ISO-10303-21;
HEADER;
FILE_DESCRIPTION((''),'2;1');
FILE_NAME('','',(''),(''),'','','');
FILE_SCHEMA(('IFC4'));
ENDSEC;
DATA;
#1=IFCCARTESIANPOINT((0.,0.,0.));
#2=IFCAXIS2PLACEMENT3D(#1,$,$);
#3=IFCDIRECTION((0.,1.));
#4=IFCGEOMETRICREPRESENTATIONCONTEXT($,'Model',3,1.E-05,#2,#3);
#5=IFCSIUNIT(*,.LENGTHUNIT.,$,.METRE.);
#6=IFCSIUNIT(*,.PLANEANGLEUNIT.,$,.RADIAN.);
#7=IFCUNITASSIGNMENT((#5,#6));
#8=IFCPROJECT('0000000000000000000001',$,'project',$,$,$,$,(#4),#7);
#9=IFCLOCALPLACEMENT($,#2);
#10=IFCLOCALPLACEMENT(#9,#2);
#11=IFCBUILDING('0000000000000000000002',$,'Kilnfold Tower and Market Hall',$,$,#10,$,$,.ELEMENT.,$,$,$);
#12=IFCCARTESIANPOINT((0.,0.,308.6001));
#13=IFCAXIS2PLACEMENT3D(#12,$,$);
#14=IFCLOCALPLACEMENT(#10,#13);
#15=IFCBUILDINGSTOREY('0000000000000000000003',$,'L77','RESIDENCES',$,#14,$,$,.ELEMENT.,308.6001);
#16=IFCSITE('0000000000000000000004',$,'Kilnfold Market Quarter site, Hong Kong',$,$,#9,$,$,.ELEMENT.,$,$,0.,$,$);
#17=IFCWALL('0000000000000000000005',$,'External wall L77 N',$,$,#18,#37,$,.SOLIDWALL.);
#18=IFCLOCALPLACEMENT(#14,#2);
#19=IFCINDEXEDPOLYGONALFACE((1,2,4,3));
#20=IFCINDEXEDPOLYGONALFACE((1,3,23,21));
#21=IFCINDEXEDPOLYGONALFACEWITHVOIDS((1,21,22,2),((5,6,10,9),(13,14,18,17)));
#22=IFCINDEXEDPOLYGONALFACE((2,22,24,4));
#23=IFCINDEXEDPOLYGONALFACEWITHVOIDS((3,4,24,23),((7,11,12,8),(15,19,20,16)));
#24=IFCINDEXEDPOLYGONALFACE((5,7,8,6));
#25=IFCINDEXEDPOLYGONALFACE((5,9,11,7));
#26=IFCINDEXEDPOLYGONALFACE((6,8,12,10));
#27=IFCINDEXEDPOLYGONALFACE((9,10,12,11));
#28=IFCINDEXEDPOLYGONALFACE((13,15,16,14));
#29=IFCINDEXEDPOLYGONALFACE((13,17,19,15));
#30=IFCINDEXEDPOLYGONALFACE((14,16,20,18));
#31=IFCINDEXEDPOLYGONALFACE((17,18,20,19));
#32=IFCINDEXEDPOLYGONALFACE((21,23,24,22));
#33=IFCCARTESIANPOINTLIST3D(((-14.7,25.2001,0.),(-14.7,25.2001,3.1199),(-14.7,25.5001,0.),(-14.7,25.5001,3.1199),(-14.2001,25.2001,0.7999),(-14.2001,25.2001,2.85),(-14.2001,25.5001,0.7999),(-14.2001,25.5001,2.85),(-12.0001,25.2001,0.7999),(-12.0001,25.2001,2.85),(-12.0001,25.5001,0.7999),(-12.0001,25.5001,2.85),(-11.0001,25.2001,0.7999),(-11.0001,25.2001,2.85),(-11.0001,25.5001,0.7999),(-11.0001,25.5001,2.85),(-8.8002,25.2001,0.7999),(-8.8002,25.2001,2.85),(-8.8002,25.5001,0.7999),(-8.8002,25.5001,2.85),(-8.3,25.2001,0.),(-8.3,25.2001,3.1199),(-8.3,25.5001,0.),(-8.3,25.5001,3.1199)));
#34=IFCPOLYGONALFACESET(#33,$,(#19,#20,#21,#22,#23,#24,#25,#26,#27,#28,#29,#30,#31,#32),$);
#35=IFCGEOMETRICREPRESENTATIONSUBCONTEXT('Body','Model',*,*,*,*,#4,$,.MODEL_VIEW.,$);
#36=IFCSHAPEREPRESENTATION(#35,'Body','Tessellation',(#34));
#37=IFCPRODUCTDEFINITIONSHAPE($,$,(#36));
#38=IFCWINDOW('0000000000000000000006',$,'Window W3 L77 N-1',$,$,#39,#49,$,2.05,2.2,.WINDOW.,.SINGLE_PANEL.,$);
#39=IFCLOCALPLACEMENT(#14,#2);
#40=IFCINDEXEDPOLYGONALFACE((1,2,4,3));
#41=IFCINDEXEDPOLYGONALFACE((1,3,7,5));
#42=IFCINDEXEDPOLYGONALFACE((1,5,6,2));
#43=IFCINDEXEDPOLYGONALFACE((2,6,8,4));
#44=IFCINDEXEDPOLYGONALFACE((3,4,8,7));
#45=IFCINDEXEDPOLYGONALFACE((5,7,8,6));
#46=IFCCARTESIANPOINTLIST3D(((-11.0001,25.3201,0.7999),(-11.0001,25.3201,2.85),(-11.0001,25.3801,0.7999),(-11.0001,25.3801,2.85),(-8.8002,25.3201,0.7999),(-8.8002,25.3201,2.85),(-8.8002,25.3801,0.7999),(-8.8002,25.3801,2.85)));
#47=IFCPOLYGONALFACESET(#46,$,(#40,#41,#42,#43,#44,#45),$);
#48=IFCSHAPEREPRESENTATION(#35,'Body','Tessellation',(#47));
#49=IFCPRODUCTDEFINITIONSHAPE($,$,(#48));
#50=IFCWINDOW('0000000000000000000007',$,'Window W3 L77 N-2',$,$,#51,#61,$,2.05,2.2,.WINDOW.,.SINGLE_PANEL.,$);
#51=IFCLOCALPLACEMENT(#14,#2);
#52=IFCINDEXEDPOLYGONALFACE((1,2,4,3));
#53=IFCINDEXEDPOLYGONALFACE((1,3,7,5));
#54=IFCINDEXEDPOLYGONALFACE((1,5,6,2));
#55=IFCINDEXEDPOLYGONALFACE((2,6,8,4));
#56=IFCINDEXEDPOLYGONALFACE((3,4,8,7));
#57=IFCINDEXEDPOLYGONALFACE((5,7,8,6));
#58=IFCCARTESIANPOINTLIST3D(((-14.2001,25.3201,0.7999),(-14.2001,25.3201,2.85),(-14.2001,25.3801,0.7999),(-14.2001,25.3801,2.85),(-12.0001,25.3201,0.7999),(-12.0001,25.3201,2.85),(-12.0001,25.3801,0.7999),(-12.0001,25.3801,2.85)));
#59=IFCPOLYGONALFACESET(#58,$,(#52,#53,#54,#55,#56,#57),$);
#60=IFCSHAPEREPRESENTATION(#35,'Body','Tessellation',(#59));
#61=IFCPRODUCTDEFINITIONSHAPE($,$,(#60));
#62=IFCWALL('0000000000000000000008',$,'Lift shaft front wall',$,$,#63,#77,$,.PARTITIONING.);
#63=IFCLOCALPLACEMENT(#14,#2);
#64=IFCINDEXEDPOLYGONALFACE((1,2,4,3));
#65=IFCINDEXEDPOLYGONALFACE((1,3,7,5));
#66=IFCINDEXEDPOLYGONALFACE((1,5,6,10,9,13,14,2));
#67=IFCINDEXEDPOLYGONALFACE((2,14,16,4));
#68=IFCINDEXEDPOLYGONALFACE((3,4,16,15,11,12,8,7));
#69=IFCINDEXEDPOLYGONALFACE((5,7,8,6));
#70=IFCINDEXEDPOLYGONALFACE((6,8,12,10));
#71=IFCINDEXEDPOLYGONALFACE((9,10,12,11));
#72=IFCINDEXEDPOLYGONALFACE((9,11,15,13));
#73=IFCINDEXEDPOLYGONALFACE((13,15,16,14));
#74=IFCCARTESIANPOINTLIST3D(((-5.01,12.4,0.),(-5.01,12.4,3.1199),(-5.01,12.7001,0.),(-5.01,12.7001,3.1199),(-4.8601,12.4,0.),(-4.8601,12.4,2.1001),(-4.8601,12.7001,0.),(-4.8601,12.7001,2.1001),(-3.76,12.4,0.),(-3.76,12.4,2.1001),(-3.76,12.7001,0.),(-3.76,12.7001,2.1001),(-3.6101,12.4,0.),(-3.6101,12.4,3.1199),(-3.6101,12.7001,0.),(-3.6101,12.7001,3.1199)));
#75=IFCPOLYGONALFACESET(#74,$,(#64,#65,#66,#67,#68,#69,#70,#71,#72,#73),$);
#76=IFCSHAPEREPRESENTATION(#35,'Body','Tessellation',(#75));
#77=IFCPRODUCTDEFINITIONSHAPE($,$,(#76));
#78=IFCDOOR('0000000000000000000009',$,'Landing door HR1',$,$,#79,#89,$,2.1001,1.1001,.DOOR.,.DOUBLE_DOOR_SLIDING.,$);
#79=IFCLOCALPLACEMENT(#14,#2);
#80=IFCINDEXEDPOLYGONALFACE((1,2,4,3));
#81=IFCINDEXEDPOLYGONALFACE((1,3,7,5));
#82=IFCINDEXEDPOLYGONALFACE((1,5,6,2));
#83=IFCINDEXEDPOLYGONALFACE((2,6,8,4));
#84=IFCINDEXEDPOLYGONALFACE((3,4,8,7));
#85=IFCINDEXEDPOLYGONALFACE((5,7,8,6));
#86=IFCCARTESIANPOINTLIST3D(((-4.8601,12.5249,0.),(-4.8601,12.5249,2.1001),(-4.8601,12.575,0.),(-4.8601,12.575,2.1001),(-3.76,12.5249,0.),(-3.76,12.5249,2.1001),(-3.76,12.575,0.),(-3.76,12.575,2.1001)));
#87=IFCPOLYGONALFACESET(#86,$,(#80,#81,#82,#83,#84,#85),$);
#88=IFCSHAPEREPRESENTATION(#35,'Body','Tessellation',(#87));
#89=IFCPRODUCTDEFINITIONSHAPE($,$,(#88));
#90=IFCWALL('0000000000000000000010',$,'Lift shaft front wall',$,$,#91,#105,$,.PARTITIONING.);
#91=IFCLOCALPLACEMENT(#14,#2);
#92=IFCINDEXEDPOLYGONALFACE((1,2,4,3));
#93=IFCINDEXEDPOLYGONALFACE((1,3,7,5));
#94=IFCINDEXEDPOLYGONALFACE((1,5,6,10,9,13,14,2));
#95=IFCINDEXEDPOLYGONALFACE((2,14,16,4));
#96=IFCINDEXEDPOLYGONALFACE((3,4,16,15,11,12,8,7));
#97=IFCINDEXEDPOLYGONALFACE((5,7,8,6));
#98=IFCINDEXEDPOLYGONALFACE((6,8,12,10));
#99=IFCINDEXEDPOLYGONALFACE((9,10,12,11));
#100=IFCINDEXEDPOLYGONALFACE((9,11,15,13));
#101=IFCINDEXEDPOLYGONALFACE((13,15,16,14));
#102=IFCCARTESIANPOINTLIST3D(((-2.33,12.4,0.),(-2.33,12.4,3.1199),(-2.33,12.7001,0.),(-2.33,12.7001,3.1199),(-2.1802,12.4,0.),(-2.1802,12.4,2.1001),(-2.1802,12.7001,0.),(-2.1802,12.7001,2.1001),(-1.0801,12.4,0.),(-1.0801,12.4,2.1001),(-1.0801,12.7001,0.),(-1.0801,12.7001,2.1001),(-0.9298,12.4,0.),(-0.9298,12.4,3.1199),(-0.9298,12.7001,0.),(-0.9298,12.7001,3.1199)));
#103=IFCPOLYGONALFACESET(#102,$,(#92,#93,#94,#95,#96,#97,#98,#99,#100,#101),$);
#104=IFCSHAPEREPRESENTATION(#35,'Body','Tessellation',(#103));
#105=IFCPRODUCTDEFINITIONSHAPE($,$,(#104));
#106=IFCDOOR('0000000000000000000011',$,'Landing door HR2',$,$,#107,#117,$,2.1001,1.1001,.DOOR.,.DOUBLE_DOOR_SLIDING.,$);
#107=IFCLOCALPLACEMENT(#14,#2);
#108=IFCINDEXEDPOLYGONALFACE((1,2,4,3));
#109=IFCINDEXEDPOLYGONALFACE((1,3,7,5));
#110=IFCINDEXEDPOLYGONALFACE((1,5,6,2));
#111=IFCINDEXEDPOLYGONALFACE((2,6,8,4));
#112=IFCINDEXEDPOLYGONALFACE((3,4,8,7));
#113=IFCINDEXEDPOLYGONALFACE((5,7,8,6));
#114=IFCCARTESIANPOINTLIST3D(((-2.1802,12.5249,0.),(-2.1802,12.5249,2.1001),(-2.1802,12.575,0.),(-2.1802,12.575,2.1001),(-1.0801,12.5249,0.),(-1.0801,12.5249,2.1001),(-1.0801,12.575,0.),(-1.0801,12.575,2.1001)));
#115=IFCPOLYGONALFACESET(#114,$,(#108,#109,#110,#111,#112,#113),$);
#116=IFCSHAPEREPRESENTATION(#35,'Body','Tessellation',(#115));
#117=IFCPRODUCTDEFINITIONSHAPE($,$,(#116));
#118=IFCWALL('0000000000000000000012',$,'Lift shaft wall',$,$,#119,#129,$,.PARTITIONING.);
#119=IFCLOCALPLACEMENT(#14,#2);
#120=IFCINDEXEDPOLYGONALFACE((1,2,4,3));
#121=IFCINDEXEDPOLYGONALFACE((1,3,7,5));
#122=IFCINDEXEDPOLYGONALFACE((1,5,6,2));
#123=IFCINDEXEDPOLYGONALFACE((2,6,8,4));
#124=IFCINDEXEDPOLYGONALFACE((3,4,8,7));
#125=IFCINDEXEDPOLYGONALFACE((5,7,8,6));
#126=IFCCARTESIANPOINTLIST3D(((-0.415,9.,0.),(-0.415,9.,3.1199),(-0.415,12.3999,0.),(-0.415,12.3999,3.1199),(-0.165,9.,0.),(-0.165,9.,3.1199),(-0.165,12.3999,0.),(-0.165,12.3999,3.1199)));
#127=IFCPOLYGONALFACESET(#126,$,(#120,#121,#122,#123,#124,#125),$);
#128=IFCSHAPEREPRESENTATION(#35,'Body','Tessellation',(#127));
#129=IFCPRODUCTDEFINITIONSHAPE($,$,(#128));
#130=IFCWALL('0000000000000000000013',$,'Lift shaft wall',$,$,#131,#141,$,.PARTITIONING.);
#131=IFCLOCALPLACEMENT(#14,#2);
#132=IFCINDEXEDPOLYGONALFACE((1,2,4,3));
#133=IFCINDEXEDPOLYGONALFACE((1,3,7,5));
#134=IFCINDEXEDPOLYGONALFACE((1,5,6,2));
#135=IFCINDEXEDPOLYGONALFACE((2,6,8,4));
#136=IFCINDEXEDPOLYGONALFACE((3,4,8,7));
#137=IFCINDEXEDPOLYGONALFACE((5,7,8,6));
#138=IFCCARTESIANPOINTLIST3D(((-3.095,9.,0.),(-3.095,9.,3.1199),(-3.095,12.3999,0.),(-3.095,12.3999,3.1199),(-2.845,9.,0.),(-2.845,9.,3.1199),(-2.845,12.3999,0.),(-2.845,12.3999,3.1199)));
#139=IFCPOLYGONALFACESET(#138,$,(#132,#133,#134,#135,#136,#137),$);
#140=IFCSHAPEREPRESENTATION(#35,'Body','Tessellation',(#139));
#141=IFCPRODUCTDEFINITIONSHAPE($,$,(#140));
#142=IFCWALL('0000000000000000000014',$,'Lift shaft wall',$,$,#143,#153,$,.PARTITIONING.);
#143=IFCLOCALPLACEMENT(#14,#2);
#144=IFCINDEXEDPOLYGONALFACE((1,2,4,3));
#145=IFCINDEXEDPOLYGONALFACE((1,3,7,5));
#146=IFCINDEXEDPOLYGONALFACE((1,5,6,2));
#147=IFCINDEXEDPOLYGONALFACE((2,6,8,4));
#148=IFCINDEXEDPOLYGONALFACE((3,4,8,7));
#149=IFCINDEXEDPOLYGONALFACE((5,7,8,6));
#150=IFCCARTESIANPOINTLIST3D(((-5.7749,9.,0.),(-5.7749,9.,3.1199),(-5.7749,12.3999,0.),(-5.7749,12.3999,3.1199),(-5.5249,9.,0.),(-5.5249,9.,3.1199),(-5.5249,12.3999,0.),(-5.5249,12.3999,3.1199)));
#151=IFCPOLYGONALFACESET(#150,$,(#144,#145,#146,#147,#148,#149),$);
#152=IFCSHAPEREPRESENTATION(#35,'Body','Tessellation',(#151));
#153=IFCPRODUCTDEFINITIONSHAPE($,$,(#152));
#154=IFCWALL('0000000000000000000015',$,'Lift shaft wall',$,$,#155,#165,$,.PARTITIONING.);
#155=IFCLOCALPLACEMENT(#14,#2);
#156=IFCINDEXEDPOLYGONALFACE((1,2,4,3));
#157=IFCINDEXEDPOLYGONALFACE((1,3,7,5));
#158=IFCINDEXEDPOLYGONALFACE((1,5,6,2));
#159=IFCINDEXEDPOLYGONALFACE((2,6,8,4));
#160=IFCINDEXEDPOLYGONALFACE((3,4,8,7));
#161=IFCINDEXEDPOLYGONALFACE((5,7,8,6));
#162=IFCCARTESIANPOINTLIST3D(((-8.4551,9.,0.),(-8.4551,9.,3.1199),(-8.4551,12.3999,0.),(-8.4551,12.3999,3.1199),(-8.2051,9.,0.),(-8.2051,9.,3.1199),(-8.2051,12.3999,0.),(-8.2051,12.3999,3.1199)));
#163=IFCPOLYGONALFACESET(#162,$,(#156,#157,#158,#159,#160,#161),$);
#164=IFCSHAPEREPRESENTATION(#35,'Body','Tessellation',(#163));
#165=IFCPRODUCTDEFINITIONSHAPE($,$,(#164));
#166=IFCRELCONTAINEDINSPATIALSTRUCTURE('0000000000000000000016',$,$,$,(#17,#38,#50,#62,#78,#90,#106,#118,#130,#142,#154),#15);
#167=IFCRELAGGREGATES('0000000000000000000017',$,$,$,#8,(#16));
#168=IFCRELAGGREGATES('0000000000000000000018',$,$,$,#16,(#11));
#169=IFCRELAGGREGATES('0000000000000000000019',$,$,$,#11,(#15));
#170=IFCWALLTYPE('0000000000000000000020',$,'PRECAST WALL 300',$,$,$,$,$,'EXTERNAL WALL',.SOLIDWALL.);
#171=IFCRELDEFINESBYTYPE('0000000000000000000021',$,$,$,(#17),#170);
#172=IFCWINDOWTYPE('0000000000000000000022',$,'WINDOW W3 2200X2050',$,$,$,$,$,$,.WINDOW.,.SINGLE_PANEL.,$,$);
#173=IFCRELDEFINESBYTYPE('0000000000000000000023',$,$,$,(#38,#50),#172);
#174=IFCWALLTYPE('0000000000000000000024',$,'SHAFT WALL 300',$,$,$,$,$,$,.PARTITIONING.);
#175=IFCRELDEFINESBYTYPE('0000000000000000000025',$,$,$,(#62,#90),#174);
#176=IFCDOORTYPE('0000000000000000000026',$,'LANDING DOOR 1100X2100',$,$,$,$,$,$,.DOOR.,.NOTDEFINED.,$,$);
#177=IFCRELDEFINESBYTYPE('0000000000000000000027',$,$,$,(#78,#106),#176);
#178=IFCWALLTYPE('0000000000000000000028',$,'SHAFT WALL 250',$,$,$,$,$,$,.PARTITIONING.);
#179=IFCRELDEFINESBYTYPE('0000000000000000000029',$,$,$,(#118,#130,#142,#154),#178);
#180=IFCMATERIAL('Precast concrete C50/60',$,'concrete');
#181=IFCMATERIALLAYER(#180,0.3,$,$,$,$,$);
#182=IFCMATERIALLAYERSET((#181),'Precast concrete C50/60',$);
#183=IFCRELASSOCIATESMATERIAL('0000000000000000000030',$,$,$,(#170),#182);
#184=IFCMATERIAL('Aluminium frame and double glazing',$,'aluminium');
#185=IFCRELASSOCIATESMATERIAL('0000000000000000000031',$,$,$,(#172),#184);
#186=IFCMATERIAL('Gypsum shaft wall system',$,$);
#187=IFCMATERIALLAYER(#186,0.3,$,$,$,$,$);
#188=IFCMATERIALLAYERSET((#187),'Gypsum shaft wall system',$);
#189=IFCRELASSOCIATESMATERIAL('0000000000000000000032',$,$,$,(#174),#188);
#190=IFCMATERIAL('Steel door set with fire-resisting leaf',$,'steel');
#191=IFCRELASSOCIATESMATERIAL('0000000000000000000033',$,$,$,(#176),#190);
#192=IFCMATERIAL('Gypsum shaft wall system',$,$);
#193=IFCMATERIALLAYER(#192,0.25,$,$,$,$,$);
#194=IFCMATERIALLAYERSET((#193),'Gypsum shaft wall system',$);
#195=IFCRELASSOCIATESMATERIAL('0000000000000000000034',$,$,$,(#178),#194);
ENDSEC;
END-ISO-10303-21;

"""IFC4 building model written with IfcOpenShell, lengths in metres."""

from ifc_helpers import new_model, si_unit, direction, frame, frame_2d, origin, place, context, subcontext, project, spatial, rectangle, extrude, source, transform, mapped, material, layer, layer_set, type_object, element, fill, save


model = new_model("IFC4")

# Units and contexts
model_context = context("Model", 3, precision=1e-05, world=origin(), true_north=direction((0.0, 1.0)))
body_context = subcontext(model_context, "Body", "Model", "MODEL_VIEW")
ifc_project = project(units=[si_unit("LENGTHUNIT", "METRE"), si_unit("PLANEANGLEUNIT", "RADIAN")], contexts=[model_context])

# Site, building, storey
site_placement = place(None, origin())
site = spatial("IfcSite", under=ifc_project, at=site_placement, Name="Kilnfold Market Quarter site, Hong Kong", CompositionType="ELEMENT", RefElevation=0.0)
building_placement = place(site_placement, origin())
building = spatial("IfcBuilding", under=site, at=building_placement, Name="Kilnfold Tower and Market Hall", CompositionType="ELEMENT")
storey_placement = place(building_placement, frame((0.0, 0.0, 308.6001)))
storey = spatial("IfcBuildingStorey", under=building, at=storey_placement, Name="L77", Description="RESIDENCES", CompositionType="ELEMENT", Elevation=308.6001)

# Wall, openings, windows
ifc_material_1 = material(Name="Precast concrete C50/60", Category="concrete")
ifc_layer_1 = layer(ifc_material_1, 0.3)
ifc_layer_set_1 = layer_set([ifc_layer_1], Name="Precast concrete C50/60")
wall_type_1 = type_object("IfcWallType", Name="PRECAST WALL 300", ElementType="EXTERNAL WALL", PredefinedType="SOLIDWALL", material=ifc_layer_set_1)
shared_shape_1 = source(origin(), body_context, "Body", "SweptSolid", [
    extrude(rectangle(XDim=6.3999, YDim=0.3, at=frame_2d((3.2, 0.0))), origin(), (0.0, 0.0, 1.0), 3.1199),
])
ifc_material_2 = material(Name="Aluminium frame and double glazing", Category="aluminium")
window_type = type_object("IfcWindowType", Name="WINDOW W3 2200X2050", PartitioningType="SINGLE_PANEL", PredefinedType="WINDOW", material=ifc_material_2)
wall_1_placement = place(storey_placement, frame((-8.3, 25.3501, 0.0), z_axis=(0.0, 0.0, 1.0), x_axis=(-1.0, 0.0, 0.0)))
wall_1 = element("IfcWall", 1, at=wall_1_placement, inside=storey, type_object=wall_type_1, Name="External wall L77 N", PredefinedType="SOLIDWALL", context=body_context, shape_type="MappedRepresentation", body=[
    mapped(shared_shape_1, transform((0.0, 0.0, 0.0))),
])
opening_1_placement = place(wall_1_placement, frame((0.5, 0.0, 0.8)))
opening_1 = element("IfcOpeningElement", 2, at=opening_1_placement, cuts=wall_1, PredefinedType="OPENING", context=body_context, shape_type="SweptSolid", body=[
    extrude(rectangle(XDim=2.2, YDim=2.05, at=frame_2d((1.1001, 1.0249))), frame((0.0, 0.1602, 0.0), z_axis=(0.0, -1.0, 0.0), x_axis=(1.0, 0.0, 0.0)), (0.0, 0.0, 1.0), 0.3201),
])
opening_2_placement = place(wall_1_placement, frame((3.7, 0.0, 0.8)))
opening_2 = element("IfcOpeningElement", 3, at=opening_2_placement, cuts=wall_1, PredefinedType="OPENING", context=body_context, shape_type="SweptSolid", body=[
    extrude(rectangle(XDim=2.2, YDim=2.05, at=frame_2d((1.1001, 1.0249))), frame((0.0, 0.1602, 0.0), z_axis=(0.0, -1.0, 0.0), x_axis=(1.0, 0.0, 0.0)), (0.0, 0.0, 1.0), 0.3201),
])
window_1_placement = place(opening_1_placement, origin())
window_1 = element("IfcWindow", 4, at=window_1_placement, inside=storey, type_object=window_type, Name="Window W3 L77 N-1", OverallHeight=2.05, OverallWidth=2.2, PartitioningType="SINGLE_PANEL", PredefinedType="WINDOW", context=body_context, shape_type="SweptSolid", body=[
    extrude(rectangle(XDim=2.2, YDim=2.05, at=frame_2d((1.1001, 1.0249))), frame((0.0, 0.03, 0.0), z_axis=(0.0, -1.0, 0.0), x_axis=(1.0, 0.0, 0.0)), (0.0, 0.0, 1.0), 0.0601),
])
fill(opening_1, window_1)
window_2_placement = place(opening_2_placement, origin())
window_2 = element("IfcWindow", 5, at=window_2_placement, inside=storey, type_object=window_type, Name="Window W3 L77 N-2", OverallHeight=2.05, OverallWidth=2.2, PartitioningType="SINGLE_PANEL", PredefinedType="WINDOW", context=body_context, shape_type="SweptSolid", body=[
    extrude(rectangle(XDim=2.2, YDim=2.05, at=frame_2d((1.1001, 1.0249))), frame((0.0, 0.03, 0.0), z_axis=(0.0, -1.0, 0.0), x_axis=(1.0, 0.0, 0.0)), (0.0, 0.0, 1.0), 0.0601),
])
fill(opening_2, window_2)

# Walls, openings, doors
ifc_material_3 = material(Name="Gypsum shaft wall system")
ifc_layer_2 = layer(ifc_material_3, 0.3)
ifc_layer_set_2 = layer_set([ifc_layer_2], Name="Gypsum shaft wall system")
wall_type_2 = type_object("IfcWallType", Name="SHAFT WALL 300", PredefinedType="PARTITIONING", material=ifc_layer_set_2)
shared_shape_2 = source(origin(), body_context, "Body", "SweptSolid", [
    extrude(rectangle(XDim=1.3999, YDim=0.3, at=frame_2d((0.7, 0.0))), origin(), (0.0, 0.0, 1.0), 3.1199),
])
wall_2_placement = place(storey_placement, frame((-5.01, 12.55, 0.0), z_axis=(0.0, 0.0, 1.0), x_axis=(1.0, 0.0, 0.0)))
wall_2 = element("IfcWall", 6, at=wall_2_placement, inside=storey, type_object=wall_type_2, Name="Lift shaft front wall", PredefinedType="PARTITIONING", context=body_context, shape_type="MappedRepresentation", body=[
    mapped(shared_shape_2, transform((0.0, 0.0, 0.0))),
])
opening_3_placement = place(wall_2_placement, frame((0.1499, 0.0, 0.0)))
opening_3 = element("IfcOpeningElement", 7, at=opening_3_placement, cuts=wall_2, PredefinedType="OPENING", context=body_context, shape_type="SweptSolid", body=[
    extrude(rectangle(XDim=1.1001, YDim=2.1001, at=frame_2d((0.55, 1.05))), frame((0.0, 0.1602, 0.0), z_axis=(0.0, -1.0, 0.0), x_axis=(1.0, 0.0, 0.0)), (0.0, 0.0, 1.0), 0.3201),
])
ifc_material_4 = material(Name="Steel door set with fire-resisting leaf", Category="steel")
door_type = type_object("IfcDoorType", Name="LANDING DOOR 1100X2100", OperationType="NOTDEFINED", PredefinedType="DOOR", material=ifc_material_4)
door_1_placement = place(opening_3_placement, origin())
door_1 = element("IfcDoor", 8, at=door_1_placement, inside=storey, type_object=door_type, Name="Landing door HR1", OperationType="DOUBLE_DOOR_SLIDING", OverallHeight=2.1001, OverallWidth=1.1001, PredefinedType="DOOR", context=body_context, shape_type="SweptSolid", body=[
    extrude(rectangle(XDim=1.1001, YDim=2.1001, at=frame_2d((0.55, 1.05))), frame((0.0, 0.0249, 0.0), z_axis=(0.0, -1.0, 0.0), x_axis=(1.0, 0.0, 0.0)), (0.0, 0.0, 1.0), 0.05),
])
fill(opening_3, door_1)
shared_shape_3 = source(origin(), body_context, "Body", "SweptSolid", [
    extrude(rectangle(XDim=1.4001, YDim=0.3, at=frame_2d((0.7002, 0.0))), origin(), (0.0, 0.0, 1.0), 3.1199),
])
wall_3_placement = place(storey_placement, frame((-2.3301, 12.55, 0.0), z_axis=(0.0, 0.0, 1.0), x_axis=(1.0, 0.0, 0.0)))
wall_3 = element("IfcWall", 9, at=wall_3_placement, inside=storey, type_object=wall_type_2, Name="Lift shaft front wall", PredefinedType="PARTITIONING", context=body_context, shape_type="MappedRepresentation", body=[
    mapped(shared_shape_3, transform((0.0, 0.0, 0.0))),
])
opening_4_placement = place(wall_3_placement, frame((0.1499, 0.0, 0.0)))
opening_4 = element("IfcOpeningElement", 10, at=opening_4_placement, cuts=wall_3, PredefinedType="OPENING", context=body_context, shape_type="SweptSolid", body=[
    extrude(rectangle(XDim=1.1001, YDim=2.1001, at=frame_2d((0.55, 1.05))), frame((0.0, 0.1602, 0.0), z_axis=(0.0, -1.0, 0.0), x_axis=(1.0, 0.0, 0.0)), (0.0, 0.0, 1.0), 0.3201),
])
door_2_placement = place(opening_4_placement, origin())
door_2 = element("IfcDoor", 11, at=door_2_placement, inside=storey, type_object=door_type, Name="Landing door HR2", OperationType="DOUBLE_DOOR_SLIDING", OverallHeight=2.1001, OverallWidth=1.1001, PredefinedType="DOOR", context=body_context, shape_type="SweptSolid", body=[
    extrude(rectangle(XDim=1.1001, YDim=2.1001, at=frame_2d((0.55, 1.05))), frame((0.0, 0.0249, 0.0), z_axis=(0.0, -1.0, 0.0), x_axis=(1.0, 0.0, 0.0)), (0.0, 0.0, 1.0), 0.05),
])
fill(opening_4, door_2)

# Walls
ifc_material_5 = material(Name="Gypsum shaft wall system")
ifc_layer_3 = layer(ifc_material_5, 0.25)
ifc_layer_set_3 = layer_set([ifc_layer_3], Name="Gypsum shaft wall system")
wall_type_3 = type_object("IfcWallType", Name="SHAFT WALL 250", PredefinedType="PARTITIONING", material=ifc_layer_set_3)
shared_shape_4 = source(origin(), body_context, "Body", "SweptSolid", [
    extrude(rectangle(XDim=3.3999, YDim=0.25, at=frame_2d((1.7, 0.0))), origin(), (0.0, 0.0, 1.0), 3.1199),
])
for number, where, z_axis, x_axis, name in (
    (12, (-0.29, 9.0, 0.0), (0.0, 0.0, 1.0), (0.0, 1.0, 0.0), "Lift shaft wall"),
    (13, (-2.97, 9.0, 0.0), (0.0, 0.0, 1.0), (0.0, 1.0, 0.0), "Lift shaft wall"),
    (14, (-5.6499, 9.0, 0.0), (0.0, 0.0, 1.0), (0.0, 1.0, 0.0), "Lift shaft wall"),
    (15, (-8.3301, 9.0, 0.0), (0.0, 0.0, 1.0), (0.0, 1.0, 0.0), "Lift shaft wall"),
):
    element("IfcWall", number, at=place(storey_placement, frame(where, z_axis=z_axis, x_axis=x_axis)), inside=storey, type_object=wall_type_3, Name=name, PredefinedType="PARTITIONING", context=body_context, shape_type="MappedRepresentation", body=[
        mapped(shared_shape_4, transform((0.0, 0.0, 0.0))),
    ])

save(model, "model.ifc")
